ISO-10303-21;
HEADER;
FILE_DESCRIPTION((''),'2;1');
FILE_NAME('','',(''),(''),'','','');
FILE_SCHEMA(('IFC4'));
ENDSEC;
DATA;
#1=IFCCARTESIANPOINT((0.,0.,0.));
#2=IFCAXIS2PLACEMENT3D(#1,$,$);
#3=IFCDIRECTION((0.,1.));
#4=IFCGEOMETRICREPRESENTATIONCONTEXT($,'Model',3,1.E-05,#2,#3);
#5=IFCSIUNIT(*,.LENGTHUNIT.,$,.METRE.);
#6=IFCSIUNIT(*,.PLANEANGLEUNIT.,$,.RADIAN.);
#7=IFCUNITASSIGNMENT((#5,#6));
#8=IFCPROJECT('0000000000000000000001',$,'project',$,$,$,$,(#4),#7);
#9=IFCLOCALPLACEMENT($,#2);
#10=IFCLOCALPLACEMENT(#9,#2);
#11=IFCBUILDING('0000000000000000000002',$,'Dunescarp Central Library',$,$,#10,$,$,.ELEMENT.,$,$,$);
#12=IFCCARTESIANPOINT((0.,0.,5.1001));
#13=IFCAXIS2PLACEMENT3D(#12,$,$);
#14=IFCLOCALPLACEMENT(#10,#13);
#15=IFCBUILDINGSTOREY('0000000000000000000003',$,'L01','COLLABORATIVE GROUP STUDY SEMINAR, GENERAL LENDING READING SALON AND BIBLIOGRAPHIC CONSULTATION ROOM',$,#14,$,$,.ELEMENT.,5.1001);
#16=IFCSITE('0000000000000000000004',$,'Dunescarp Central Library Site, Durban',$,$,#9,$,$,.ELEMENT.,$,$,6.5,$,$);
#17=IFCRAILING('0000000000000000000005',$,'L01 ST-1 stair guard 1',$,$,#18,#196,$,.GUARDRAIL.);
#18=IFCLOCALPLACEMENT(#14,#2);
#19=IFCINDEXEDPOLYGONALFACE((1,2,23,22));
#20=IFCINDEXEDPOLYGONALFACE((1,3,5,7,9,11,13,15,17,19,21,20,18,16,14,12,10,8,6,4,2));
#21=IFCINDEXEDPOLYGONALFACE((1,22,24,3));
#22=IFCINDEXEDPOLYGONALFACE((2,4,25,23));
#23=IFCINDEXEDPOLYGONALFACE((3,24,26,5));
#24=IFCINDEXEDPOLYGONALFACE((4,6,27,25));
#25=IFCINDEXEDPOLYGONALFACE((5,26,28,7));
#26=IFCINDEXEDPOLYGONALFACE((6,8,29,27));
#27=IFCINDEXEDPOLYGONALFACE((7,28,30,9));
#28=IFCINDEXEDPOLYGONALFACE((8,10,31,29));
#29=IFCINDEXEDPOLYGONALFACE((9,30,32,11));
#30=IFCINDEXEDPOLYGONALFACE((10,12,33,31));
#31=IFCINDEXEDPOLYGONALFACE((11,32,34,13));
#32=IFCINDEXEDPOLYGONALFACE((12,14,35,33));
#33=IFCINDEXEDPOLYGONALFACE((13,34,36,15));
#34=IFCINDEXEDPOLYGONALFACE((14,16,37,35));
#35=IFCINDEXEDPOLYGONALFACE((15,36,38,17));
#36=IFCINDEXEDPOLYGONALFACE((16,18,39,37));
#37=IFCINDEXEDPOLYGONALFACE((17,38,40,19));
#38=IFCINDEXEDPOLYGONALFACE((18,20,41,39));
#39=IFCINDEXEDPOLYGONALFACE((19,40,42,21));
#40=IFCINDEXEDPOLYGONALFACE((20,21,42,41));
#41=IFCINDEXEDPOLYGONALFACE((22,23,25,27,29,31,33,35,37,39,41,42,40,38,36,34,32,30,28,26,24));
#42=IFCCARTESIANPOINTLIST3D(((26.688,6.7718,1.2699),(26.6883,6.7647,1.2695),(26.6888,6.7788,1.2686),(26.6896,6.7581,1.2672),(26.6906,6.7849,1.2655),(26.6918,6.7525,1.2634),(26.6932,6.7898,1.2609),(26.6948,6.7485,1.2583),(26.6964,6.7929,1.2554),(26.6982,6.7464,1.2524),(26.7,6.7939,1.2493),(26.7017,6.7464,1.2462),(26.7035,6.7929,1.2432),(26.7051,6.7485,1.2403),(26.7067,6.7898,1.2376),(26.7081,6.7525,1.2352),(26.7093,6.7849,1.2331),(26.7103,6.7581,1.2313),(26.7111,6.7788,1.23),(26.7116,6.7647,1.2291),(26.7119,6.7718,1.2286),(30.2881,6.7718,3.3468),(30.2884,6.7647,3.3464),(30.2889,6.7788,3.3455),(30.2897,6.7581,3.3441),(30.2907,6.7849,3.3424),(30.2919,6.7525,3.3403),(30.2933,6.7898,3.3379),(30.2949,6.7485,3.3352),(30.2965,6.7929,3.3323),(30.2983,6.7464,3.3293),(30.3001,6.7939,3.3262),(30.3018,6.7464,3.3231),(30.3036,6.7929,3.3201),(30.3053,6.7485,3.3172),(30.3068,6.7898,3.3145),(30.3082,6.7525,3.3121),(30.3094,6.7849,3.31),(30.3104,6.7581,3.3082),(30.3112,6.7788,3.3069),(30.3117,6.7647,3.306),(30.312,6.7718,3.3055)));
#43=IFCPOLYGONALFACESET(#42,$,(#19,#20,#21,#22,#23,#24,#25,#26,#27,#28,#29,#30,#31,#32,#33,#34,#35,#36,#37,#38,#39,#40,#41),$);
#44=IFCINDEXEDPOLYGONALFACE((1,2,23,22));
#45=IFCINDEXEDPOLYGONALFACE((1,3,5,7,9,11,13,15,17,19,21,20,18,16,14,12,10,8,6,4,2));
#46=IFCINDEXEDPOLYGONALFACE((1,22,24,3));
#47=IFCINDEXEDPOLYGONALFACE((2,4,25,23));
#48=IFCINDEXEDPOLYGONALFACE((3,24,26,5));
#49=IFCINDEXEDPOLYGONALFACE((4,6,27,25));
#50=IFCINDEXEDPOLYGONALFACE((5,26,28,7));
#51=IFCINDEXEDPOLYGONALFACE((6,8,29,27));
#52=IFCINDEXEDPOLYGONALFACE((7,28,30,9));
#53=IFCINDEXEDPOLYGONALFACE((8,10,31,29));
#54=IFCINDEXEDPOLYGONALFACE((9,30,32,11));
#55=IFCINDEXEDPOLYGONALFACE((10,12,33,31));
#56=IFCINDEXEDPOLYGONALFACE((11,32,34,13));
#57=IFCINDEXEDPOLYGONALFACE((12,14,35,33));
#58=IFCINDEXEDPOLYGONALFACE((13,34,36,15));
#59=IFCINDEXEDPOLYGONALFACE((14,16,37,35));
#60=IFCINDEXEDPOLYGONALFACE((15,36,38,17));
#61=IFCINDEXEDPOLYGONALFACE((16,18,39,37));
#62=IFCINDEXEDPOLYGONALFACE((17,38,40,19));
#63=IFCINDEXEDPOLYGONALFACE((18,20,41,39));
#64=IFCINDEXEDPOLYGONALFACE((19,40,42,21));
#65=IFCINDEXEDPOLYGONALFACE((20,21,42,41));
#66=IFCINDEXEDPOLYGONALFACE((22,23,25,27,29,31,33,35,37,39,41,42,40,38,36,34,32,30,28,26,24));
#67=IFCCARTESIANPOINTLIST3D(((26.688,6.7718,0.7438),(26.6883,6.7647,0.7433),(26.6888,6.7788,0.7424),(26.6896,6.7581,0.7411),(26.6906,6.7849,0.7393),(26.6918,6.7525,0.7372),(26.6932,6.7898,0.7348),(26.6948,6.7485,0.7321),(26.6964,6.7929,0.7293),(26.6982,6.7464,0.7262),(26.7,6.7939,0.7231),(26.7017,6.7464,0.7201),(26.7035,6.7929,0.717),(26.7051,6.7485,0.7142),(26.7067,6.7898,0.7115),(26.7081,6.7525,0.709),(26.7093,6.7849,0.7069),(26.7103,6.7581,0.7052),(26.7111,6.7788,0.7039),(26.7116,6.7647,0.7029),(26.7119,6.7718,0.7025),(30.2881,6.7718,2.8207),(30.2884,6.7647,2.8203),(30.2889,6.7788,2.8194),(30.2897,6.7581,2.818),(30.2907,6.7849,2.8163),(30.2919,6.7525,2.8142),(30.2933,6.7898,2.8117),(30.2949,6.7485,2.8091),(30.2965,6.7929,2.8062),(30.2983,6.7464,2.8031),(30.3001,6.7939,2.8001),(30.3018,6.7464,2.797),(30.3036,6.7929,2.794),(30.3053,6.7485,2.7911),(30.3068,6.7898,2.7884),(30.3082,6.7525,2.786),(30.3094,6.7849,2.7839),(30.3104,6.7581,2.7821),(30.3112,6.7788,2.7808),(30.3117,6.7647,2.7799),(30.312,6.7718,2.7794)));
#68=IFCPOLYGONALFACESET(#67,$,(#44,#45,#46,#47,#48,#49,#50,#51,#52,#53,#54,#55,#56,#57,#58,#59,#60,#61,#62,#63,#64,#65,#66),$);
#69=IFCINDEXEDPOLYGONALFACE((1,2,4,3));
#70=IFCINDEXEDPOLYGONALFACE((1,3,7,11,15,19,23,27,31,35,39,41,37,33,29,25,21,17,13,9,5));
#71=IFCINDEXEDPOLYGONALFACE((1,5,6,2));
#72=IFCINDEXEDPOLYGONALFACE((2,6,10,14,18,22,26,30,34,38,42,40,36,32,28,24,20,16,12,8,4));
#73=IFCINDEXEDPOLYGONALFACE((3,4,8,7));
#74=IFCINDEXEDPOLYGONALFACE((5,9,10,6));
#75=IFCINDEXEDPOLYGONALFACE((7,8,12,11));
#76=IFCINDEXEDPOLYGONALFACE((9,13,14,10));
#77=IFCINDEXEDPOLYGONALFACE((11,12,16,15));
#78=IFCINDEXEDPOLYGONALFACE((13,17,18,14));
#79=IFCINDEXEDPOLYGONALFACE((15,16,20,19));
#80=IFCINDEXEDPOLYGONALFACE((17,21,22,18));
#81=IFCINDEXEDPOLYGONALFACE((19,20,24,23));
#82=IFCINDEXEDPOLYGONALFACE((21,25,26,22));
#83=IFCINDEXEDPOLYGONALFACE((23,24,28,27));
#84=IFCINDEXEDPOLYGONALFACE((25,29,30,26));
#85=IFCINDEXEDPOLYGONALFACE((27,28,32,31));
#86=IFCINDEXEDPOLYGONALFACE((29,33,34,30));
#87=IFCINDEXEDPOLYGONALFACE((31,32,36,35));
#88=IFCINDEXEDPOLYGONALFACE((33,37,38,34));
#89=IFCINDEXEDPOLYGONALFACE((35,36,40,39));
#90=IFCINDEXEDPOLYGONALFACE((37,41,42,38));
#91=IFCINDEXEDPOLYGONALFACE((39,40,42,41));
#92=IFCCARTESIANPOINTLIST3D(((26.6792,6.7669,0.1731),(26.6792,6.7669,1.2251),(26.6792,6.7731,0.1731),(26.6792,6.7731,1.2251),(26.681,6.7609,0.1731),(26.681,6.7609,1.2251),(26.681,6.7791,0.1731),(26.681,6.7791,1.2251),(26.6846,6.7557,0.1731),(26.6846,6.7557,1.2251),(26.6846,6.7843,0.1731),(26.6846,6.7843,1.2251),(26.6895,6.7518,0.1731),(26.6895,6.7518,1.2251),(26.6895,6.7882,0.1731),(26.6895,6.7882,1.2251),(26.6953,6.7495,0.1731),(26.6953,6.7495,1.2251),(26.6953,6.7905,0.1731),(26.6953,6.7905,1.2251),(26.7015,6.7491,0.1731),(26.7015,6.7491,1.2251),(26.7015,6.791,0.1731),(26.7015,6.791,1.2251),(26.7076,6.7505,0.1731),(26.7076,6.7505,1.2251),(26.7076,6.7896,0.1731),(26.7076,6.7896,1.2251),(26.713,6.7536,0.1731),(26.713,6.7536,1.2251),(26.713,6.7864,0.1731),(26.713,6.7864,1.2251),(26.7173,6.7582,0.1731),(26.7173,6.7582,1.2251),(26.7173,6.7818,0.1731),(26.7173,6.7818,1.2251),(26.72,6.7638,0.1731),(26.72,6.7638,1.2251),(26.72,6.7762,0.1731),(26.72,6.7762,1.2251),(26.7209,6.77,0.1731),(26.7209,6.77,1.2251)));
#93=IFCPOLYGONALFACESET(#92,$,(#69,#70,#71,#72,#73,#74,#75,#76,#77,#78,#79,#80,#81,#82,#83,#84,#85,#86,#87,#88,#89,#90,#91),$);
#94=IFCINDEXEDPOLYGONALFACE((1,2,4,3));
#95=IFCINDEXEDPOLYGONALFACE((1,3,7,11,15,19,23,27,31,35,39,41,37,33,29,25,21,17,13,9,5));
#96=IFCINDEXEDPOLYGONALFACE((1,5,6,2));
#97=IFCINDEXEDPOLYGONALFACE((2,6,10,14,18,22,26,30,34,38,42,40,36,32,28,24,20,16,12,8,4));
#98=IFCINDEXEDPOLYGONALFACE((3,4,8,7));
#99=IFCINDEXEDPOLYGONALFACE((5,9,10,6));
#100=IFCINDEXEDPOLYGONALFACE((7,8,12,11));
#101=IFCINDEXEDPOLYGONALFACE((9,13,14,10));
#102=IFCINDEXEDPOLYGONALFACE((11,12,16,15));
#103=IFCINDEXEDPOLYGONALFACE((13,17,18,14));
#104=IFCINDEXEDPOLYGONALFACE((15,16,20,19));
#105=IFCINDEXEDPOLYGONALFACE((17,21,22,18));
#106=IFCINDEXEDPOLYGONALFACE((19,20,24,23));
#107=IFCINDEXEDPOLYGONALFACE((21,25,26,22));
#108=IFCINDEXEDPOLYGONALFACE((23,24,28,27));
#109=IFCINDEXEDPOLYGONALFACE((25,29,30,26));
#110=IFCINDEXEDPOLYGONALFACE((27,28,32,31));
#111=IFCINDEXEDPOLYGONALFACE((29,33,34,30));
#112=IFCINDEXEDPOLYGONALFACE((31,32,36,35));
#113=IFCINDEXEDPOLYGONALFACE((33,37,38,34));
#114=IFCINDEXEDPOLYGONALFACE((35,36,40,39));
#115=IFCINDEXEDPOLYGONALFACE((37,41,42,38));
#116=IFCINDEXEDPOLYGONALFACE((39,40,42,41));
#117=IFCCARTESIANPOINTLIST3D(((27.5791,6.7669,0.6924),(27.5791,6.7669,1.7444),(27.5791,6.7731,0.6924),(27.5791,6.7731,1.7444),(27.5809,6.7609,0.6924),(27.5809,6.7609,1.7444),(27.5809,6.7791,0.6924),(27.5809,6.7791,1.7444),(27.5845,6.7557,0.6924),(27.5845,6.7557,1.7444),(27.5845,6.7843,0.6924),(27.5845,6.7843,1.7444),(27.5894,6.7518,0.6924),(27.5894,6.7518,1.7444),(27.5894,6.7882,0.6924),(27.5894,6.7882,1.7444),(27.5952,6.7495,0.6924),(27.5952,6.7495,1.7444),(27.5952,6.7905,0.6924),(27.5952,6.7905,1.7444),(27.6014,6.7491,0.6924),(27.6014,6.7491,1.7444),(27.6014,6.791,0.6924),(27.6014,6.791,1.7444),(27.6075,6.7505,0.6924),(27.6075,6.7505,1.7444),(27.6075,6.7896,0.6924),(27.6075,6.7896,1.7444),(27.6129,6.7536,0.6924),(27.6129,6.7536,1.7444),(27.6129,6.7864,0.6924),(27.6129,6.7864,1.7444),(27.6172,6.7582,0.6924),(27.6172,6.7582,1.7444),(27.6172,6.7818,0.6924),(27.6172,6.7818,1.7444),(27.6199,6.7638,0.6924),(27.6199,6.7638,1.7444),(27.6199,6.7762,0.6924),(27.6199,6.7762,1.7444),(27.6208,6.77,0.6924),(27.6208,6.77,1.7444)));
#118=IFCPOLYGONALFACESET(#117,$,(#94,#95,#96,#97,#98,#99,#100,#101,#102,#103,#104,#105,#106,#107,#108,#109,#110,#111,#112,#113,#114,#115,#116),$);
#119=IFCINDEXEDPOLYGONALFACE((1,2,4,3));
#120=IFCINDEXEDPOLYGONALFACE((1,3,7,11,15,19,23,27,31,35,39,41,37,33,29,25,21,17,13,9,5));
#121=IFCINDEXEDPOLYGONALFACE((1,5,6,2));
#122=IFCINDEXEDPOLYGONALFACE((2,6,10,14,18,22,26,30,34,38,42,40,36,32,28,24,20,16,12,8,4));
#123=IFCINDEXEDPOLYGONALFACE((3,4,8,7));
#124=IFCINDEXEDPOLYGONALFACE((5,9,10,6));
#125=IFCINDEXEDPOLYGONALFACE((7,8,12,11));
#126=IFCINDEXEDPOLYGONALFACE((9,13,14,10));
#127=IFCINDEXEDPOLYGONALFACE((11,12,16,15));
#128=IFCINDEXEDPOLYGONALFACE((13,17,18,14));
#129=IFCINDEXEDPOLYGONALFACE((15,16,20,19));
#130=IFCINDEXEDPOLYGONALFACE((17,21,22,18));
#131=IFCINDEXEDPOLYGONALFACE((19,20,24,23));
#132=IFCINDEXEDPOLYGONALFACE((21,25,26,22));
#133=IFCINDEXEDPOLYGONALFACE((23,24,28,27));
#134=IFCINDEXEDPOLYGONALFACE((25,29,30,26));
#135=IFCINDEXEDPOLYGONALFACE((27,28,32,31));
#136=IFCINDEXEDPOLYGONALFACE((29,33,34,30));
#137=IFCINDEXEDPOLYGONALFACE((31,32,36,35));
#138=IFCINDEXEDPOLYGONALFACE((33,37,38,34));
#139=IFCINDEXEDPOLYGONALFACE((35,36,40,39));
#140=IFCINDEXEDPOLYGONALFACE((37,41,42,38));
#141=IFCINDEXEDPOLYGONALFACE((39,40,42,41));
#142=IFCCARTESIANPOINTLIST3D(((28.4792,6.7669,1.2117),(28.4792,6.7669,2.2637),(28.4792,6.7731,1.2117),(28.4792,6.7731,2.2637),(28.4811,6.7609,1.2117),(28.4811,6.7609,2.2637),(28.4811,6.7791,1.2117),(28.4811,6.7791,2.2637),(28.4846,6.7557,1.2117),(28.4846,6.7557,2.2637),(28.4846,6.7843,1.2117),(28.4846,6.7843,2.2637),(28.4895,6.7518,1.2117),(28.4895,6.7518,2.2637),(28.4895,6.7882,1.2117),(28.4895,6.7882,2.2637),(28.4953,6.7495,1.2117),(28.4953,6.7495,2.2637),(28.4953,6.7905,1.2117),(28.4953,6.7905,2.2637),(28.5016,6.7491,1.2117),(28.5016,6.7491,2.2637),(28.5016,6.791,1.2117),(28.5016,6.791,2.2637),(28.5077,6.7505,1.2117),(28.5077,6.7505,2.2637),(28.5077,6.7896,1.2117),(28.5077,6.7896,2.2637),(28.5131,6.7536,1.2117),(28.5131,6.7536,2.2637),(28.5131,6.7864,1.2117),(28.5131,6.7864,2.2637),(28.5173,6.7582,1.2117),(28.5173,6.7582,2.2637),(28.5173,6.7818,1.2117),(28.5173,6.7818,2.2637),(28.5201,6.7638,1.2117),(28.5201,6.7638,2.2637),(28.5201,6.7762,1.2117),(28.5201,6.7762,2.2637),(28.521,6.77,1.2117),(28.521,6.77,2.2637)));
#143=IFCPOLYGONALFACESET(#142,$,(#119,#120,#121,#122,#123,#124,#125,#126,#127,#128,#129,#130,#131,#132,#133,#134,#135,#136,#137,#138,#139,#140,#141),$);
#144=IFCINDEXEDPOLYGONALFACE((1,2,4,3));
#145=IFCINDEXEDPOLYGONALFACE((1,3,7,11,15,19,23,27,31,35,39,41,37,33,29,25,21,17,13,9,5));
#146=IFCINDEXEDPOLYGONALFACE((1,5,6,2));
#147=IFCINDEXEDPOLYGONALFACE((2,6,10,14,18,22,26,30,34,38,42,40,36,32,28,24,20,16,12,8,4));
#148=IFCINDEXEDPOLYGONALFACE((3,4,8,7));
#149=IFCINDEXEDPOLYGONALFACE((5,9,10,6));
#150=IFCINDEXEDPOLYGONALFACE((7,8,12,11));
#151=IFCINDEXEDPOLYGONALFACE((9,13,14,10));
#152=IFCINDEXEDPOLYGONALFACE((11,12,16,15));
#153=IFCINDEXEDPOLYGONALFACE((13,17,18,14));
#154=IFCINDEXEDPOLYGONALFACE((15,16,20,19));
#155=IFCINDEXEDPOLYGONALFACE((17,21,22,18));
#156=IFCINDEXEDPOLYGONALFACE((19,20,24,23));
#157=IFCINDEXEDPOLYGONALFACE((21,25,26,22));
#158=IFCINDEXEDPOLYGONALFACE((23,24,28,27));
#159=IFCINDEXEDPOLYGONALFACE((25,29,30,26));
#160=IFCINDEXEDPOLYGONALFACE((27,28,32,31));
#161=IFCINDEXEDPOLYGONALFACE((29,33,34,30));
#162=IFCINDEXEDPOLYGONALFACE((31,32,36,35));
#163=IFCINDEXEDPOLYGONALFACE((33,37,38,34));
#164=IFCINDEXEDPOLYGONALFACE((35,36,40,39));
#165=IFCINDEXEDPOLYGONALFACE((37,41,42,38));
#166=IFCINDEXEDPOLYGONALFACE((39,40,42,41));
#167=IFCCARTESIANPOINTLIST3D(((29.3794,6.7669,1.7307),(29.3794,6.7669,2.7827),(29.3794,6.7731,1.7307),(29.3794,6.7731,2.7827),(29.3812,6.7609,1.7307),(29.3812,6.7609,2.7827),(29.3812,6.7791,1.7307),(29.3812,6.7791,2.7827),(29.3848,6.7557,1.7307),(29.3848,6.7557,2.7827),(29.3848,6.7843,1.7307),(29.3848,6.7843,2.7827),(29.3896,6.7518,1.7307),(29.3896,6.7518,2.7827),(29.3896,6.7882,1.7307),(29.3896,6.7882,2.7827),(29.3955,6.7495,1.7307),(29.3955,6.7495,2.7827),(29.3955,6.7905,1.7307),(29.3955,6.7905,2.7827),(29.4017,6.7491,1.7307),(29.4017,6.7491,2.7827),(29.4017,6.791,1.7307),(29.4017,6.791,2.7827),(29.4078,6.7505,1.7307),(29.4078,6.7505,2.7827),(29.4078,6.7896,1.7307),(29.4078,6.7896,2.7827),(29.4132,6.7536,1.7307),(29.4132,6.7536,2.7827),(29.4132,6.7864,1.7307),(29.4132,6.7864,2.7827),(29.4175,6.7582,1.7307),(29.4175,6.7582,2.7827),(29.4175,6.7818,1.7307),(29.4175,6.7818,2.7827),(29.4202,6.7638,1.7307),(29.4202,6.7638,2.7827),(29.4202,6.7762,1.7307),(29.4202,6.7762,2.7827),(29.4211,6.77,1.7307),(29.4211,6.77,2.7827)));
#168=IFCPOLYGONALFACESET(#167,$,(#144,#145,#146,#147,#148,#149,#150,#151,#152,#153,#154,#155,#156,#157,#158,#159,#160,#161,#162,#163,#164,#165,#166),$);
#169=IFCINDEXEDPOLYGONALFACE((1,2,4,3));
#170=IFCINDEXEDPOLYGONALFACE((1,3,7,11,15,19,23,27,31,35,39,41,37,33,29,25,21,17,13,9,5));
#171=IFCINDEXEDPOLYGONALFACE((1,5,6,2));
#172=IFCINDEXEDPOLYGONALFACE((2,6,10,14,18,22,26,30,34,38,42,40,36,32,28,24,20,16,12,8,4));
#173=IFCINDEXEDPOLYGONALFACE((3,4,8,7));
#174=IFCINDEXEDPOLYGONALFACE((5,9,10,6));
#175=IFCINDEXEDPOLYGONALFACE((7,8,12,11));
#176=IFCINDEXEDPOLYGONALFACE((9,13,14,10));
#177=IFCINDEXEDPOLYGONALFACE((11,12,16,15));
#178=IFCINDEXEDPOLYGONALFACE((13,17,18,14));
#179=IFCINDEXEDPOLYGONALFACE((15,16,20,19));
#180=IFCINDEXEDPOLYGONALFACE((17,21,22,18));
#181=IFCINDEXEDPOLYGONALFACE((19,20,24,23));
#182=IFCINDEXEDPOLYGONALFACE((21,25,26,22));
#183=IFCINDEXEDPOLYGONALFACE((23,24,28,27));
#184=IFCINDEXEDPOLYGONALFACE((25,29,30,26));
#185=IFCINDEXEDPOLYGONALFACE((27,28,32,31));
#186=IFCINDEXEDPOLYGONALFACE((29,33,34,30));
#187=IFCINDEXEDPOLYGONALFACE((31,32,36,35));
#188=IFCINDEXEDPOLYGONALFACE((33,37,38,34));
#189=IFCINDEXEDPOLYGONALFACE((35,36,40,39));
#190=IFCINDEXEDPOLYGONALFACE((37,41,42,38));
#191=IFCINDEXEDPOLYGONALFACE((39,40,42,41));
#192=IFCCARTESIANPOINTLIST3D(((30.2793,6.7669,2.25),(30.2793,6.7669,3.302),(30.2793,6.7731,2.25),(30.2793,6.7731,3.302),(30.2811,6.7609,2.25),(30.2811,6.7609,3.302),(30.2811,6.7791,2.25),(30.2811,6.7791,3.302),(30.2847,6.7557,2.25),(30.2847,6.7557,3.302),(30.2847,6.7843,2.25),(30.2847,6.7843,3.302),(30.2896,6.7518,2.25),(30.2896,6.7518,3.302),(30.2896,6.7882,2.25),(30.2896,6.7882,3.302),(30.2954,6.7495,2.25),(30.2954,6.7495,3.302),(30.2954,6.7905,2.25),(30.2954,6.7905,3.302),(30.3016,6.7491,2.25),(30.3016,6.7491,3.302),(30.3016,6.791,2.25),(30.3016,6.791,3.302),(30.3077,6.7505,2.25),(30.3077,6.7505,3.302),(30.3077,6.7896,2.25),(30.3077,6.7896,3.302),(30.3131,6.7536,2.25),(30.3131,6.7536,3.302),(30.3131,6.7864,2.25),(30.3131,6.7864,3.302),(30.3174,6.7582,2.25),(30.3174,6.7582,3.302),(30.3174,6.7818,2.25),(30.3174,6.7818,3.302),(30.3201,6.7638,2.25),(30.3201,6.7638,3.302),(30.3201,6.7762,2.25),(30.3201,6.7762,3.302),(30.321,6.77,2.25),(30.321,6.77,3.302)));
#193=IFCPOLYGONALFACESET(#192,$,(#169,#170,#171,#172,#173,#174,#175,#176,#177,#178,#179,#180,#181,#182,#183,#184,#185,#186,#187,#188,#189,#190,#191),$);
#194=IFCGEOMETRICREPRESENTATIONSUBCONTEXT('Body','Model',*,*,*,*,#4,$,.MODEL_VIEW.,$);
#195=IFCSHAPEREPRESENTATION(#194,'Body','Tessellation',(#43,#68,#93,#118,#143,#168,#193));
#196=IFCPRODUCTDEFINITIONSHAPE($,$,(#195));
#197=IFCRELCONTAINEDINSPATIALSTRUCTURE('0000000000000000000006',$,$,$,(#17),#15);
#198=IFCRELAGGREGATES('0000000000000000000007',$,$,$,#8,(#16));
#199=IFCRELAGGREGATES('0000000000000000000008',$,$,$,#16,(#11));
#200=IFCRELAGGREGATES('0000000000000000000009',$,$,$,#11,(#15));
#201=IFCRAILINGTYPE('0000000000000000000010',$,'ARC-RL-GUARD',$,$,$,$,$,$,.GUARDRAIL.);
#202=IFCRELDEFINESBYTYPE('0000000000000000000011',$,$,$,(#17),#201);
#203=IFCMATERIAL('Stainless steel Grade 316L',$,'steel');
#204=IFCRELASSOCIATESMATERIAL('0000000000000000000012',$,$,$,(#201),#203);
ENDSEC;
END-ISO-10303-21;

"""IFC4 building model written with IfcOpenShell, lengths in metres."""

from ifc_helpers import new_model, si_unit, direction, frame, origin, origin_2d, place, context, subcontext, project, spatial, circle, extrude, material, type_object, element, save


model = new_model("IFC4")

# Units and contexts
model_context = context("Model", 3, precision=1e-05, world=origin(), true_north=direction((0.0, 1.0)))
body_context = subcontext(model_context, "Body", "Model", "MODEL_VIEW")
ifc_project = project(units=[si_unit("LENGTHUNIT", "METRE"), si_unit("PLANEANGLEUNIT", "RADIAN")], contexts=[model_context])

# Site, building, storey
site_placement = place(None, origin())
site = spatial("IfcSite", under=ifc_project, at=site_placement, Name="Dunescarp Central Library Site, Durban", CompositionType="ELEMENT", RefElevation=6.5)
building_placement = place(site_placement, origin())
building = spatial("IfcBuilding", under=site, at=building_placement, Name="Dunescarp Central Library", CompositionType="ELEMENT")
storey_placement = place(building_placement, frame((0.0, 0.0, 5.1001)))
storey = spatial("IfcBuildingStorey", under=building, at=storey_placement, Name="L01", Description="COLLABORATIVE GROUP STUDY SEMINAR, GENERAL LENDING READING SALON AND BIBLIOGRAPHIC CONSULTATION ROOM", CompositionType="ELEMENT", Elevation=5.1001)

# Shared definitions
ifc_material_1 = material(Name="Stainless steel Grade 316L", Category="steel")

# Railing
railing_type_1 = type_object("IfcRailingType", Name="ARC-RL-GUARD", PredefinedType="GUARDRAIL", material=ifc_material_1)
railing_1_placement = place(storey_placement, frame((26.7, 6.77, 0.1731)))
element("IfcRailing", 1, at=railing_1_placement, inside=storey, type_object=railing_type_1, Name="L01 ST-1 stair guard 1", PredefinedType="GUARDRAIL", context=body_context, shape_type="SweptSolid", body=[
    extrude(circle(Radius=0.0239, at=origin_2d()), frame((0.0, 0.0, 1.0762), z_axis=(0.866193, 0.0, 0.499709), x_axis=(0.0, 1.0, 0.0)), (0.0, 0.0, 1.0), 4.1562),
    extrude(circle(Radius=0.0239, at=origin_2d()), frame((0.0, 0.0, 0.55), z_axis=(0.866193, 0.0, 0.499709), x_axis=(0.0, 1.0, 0.0)), (0.0, 0.0, 1.0), 4.1562),
    extrude(circle(Radius=0.021, at=origin_2d()), origin(), (0.0, 0.0, 1.0), 1.052),
    extrude(circle(Radius=0.021, at=origin_2d()), frame((0.8999, 0.0, 0.5193)), (0.0, 0.0, 1.0), 1.052),
    extrude(circle(Radius=0.021, at=origin_2d()), frame((1.8, 0.0, 1.0386)), (0.0, 0.0, 1.0), 1.052),
    extrude(circle(Radius=0.021, at=origin_2d()), frame((2.7002, 0.0, 1.5576)), (0.0, 0.0, 1.0), 1.052),
    extrude(circle(Radius=0.021, at=origin_2d()), frame((3.6001, 0.0, 2.0769)), (0.0, 0.0, 1.0), 1.052),
])

save(model, "model.ifc")
